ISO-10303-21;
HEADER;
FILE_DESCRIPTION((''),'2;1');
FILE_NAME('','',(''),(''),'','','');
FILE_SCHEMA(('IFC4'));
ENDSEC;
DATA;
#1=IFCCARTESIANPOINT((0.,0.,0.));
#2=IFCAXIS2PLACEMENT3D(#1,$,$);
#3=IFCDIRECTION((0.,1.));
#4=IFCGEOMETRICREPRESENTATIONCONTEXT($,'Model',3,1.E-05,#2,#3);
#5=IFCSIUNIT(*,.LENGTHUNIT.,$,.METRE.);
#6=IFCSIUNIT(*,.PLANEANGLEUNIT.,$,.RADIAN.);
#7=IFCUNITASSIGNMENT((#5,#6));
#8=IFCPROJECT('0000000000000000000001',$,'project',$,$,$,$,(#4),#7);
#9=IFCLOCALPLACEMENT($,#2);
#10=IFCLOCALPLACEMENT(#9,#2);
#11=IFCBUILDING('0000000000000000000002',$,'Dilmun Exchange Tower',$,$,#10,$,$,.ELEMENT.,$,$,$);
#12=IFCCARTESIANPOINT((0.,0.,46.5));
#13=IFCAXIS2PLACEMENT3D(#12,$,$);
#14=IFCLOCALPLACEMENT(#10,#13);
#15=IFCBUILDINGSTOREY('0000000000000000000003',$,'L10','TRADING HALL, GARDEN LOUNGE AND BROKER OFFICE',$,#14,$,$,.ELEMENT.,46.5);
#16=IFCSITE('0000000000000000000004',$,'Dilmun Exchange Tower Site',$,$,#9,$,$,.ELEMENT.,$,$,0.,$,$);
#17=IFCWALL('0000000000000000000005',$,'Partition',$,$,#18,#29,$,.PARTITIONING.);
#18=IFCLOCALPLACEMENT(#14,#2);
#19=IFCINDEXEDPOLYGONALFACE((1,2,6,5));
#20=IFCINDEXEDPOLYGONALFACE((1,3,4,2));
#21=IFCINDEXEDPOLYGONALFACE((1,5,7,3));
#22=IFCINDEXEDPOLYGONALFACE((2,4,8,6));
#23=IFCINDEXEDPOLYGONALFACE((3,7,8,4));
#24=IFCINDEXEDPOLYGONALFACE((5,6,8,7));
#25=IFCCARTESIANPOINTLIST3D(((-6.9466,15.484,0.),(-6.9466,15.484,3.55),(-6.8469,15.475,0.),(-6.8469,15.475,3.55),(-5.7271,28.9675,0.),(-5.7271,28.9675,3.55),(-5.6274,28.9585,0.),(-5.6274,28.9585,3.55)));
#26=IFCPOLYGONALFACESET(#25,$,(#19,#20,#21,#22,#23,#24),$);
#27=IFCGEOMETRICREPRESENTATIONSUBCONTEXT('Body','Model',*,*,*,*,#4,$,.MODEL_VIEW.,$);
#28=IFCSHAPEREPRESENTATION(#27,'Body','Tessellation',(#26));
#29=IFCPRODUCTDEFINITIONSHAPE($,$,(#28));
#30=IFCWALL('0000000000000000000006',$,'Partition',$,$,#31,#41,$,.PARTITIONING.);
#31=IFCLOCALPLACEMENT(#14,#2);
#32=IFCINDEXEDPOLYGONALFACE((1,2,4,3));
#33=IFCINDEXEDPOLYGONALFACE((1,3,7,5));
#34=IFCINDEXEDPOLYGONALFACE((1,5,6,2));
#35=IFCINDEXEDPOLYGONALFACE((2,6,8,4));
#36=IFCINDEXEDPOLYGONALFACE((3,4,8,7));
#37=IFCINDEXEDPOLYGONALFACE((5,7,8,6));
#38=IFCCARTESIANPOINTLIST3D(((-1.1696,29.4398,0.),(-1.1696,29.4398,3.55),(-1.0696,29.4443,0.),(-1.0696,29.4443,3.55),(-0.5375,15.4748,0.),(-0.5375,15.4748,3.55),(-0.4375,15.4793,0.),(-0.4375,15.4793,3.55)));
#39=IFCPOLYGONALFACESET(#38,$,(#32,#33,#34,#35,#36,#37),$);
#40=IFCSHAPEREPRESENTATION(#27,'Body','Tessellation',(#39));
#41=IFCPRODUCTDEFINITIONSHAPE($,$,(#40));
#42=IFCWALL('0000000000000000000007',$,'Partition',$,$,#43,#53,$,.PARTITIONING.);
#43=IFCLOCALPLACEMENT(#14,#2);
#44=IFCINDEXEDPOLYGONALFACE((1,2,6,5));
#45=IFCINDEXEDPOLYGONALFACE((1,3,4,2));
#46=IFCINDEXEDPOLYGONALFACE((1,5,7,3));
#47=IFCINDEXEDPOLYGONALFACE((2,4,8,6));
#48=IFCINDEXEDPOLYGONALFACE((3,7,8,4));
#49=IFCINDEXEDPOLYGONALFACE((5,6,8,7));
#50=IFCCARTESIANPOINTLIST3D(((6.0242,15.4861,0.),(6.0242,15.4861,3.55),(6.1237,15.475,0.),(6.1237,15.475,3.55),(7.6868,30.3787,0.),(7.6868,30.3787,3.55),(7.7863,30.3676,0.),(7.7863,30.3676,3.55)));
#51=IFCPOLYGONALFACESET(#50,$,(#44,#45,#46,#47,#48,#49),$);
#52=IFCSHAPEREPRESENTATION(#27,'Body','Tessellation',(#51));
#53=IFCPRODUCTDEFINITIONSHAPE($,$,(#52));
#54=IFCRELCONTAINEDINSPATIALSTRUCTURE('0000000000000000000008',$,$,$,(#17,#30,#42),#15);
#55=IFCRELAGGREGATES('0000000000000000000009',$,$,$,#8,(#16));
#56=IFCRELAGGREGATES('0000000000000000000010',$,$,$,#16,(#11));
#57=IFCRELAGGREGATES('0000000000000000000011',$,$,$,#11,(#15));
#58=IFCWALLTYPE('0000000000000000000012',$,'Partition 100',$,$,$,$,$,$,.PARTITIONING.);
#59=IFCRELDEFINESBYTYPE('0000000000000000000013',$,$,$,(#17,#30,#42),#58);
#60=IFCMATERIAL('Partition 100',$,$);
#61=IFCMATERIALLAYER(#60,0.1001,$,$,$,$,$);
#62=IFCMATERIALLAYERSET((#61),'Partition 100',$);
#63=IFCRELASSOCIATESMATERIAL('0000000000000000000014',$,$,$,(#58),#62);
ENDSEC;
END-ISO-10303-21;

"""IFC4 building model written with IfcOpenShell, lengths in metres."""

from ifc_helpers import new_model, si_unit, direction, frame, frame_2d, origin, place, context, subcontext, project, spatial, rectangle, extrude, material, layer, layer_set, type_object, element, save


model = new_model("IFC4")

# Units and contexts
model_context = context("Model", 3, precision=1e-05, world=origin(), true_north=direction((0.0, 1.0)))
body_context = subcontext(model_context, "Body", "Model", "MODEL_VIEW")
ifc_project = project(units=[si_unit("LENGTHUNIT", "METRE"), si_unit("PLANEANGLEUNIT", "RADIAN")], contexts=[model_context])

# Site, building, storey
site_placement = place(None, origin())
site = spatial("IfcSite", under=ifc_project, at=site_placement, Name="Dilmun Exchange Tower Site", CompositionType="ELEMENT", RefElevation=0.0)
building_placement = place(site_placement, origin())
building = spatial("IfcBuilding", under=site, at=building_placement, Name="Dilmun Exchange Tower", CompositionType="ELEMENT")
storey_placement = place(building_placement, frame((0.0, 0.0, 46.5)))
storey = spatial("IfcBuildingStorey", under=building, at=storey_placement, Name="L10", Description="TRADING HALL, GARDEN LOUNGE AND BROKER OFFICE", CompositionType="ELEMENT", Elevation=46.5)

# Walls
ifc_material_1 = material(Name="Partition 100")
ifc_layer_1 = layer(ifc_material_1, 0.1001)
ifc_layer_set_1 = layer_set([ifc_layer_1], Name="Partition 100")
wall_type_1 = type_object("IfcWallType", Name="Partition 100", PredefinedType="PARTITIONING", material=ifc_layer_set_1)
wall_1_placement = place(storey_placement, frame((-6.8967, 15.4795, 0.0), z_axis=(0.0, 0.0, 1.0), x_axis=(0.090074, 0.995935, 0.0)))
element("IfcWall", 1, at=wall_1_placement, inside=storey, type_object=wall_type_1, Name="Partition", PredefinedType="PARTITIONING", context=body_context, shape_type="SweptSolid", body=[
    extrude(rectangle(XDim=13.5386, YDim=0.1001, at=frame_2d((6.7693, 0.0))), origin(), (0.0, 0.0, 1.0), 3.55),
])
wall_2_placement = place(storey_placement, frame((-1.1196, 29.4421, 0.0), z_axis=(0.0, 0.0, 1.0), x_axis=(0.045216, -0.998977, 0.0)))
element("IfcWall", 2, at=wall_2_placement, inside=storey, type_object=wall_type_1, Name="Partition", PredefinedType="PARTITIONING", context=body_context, shape_type="SweptSolid", body=[
    extrude(rectangle(XDim=13.9792, YDim=0.1001, at=frame_2d((6.9897, 0.0))), origin(), (0.0, 0.0, 1.0), 3.55),
])
wall_3_placement = place(storey_placement, frame((6.074, 15.4805, 0.0), z_axis=(0.0, 0.0, 1.0), x_axis=(0.11095, 0.993826, 0.0)))
element("IfcWall", 3, at=wall_3_placement, inside=storey, type_object=wall_type_1, Name="Partition", PredefinedType="PARTITIONING", context=body_context, shape_type="SweptSolid", body=[
    extrude(rectangle(XDim=14.9851, YDim=0.1001, at=frame_2d((7.4927, 0.0))), origin(), (0.0, 0.0, 1.0), 3.55),
])

save(model, "model.ifc")
